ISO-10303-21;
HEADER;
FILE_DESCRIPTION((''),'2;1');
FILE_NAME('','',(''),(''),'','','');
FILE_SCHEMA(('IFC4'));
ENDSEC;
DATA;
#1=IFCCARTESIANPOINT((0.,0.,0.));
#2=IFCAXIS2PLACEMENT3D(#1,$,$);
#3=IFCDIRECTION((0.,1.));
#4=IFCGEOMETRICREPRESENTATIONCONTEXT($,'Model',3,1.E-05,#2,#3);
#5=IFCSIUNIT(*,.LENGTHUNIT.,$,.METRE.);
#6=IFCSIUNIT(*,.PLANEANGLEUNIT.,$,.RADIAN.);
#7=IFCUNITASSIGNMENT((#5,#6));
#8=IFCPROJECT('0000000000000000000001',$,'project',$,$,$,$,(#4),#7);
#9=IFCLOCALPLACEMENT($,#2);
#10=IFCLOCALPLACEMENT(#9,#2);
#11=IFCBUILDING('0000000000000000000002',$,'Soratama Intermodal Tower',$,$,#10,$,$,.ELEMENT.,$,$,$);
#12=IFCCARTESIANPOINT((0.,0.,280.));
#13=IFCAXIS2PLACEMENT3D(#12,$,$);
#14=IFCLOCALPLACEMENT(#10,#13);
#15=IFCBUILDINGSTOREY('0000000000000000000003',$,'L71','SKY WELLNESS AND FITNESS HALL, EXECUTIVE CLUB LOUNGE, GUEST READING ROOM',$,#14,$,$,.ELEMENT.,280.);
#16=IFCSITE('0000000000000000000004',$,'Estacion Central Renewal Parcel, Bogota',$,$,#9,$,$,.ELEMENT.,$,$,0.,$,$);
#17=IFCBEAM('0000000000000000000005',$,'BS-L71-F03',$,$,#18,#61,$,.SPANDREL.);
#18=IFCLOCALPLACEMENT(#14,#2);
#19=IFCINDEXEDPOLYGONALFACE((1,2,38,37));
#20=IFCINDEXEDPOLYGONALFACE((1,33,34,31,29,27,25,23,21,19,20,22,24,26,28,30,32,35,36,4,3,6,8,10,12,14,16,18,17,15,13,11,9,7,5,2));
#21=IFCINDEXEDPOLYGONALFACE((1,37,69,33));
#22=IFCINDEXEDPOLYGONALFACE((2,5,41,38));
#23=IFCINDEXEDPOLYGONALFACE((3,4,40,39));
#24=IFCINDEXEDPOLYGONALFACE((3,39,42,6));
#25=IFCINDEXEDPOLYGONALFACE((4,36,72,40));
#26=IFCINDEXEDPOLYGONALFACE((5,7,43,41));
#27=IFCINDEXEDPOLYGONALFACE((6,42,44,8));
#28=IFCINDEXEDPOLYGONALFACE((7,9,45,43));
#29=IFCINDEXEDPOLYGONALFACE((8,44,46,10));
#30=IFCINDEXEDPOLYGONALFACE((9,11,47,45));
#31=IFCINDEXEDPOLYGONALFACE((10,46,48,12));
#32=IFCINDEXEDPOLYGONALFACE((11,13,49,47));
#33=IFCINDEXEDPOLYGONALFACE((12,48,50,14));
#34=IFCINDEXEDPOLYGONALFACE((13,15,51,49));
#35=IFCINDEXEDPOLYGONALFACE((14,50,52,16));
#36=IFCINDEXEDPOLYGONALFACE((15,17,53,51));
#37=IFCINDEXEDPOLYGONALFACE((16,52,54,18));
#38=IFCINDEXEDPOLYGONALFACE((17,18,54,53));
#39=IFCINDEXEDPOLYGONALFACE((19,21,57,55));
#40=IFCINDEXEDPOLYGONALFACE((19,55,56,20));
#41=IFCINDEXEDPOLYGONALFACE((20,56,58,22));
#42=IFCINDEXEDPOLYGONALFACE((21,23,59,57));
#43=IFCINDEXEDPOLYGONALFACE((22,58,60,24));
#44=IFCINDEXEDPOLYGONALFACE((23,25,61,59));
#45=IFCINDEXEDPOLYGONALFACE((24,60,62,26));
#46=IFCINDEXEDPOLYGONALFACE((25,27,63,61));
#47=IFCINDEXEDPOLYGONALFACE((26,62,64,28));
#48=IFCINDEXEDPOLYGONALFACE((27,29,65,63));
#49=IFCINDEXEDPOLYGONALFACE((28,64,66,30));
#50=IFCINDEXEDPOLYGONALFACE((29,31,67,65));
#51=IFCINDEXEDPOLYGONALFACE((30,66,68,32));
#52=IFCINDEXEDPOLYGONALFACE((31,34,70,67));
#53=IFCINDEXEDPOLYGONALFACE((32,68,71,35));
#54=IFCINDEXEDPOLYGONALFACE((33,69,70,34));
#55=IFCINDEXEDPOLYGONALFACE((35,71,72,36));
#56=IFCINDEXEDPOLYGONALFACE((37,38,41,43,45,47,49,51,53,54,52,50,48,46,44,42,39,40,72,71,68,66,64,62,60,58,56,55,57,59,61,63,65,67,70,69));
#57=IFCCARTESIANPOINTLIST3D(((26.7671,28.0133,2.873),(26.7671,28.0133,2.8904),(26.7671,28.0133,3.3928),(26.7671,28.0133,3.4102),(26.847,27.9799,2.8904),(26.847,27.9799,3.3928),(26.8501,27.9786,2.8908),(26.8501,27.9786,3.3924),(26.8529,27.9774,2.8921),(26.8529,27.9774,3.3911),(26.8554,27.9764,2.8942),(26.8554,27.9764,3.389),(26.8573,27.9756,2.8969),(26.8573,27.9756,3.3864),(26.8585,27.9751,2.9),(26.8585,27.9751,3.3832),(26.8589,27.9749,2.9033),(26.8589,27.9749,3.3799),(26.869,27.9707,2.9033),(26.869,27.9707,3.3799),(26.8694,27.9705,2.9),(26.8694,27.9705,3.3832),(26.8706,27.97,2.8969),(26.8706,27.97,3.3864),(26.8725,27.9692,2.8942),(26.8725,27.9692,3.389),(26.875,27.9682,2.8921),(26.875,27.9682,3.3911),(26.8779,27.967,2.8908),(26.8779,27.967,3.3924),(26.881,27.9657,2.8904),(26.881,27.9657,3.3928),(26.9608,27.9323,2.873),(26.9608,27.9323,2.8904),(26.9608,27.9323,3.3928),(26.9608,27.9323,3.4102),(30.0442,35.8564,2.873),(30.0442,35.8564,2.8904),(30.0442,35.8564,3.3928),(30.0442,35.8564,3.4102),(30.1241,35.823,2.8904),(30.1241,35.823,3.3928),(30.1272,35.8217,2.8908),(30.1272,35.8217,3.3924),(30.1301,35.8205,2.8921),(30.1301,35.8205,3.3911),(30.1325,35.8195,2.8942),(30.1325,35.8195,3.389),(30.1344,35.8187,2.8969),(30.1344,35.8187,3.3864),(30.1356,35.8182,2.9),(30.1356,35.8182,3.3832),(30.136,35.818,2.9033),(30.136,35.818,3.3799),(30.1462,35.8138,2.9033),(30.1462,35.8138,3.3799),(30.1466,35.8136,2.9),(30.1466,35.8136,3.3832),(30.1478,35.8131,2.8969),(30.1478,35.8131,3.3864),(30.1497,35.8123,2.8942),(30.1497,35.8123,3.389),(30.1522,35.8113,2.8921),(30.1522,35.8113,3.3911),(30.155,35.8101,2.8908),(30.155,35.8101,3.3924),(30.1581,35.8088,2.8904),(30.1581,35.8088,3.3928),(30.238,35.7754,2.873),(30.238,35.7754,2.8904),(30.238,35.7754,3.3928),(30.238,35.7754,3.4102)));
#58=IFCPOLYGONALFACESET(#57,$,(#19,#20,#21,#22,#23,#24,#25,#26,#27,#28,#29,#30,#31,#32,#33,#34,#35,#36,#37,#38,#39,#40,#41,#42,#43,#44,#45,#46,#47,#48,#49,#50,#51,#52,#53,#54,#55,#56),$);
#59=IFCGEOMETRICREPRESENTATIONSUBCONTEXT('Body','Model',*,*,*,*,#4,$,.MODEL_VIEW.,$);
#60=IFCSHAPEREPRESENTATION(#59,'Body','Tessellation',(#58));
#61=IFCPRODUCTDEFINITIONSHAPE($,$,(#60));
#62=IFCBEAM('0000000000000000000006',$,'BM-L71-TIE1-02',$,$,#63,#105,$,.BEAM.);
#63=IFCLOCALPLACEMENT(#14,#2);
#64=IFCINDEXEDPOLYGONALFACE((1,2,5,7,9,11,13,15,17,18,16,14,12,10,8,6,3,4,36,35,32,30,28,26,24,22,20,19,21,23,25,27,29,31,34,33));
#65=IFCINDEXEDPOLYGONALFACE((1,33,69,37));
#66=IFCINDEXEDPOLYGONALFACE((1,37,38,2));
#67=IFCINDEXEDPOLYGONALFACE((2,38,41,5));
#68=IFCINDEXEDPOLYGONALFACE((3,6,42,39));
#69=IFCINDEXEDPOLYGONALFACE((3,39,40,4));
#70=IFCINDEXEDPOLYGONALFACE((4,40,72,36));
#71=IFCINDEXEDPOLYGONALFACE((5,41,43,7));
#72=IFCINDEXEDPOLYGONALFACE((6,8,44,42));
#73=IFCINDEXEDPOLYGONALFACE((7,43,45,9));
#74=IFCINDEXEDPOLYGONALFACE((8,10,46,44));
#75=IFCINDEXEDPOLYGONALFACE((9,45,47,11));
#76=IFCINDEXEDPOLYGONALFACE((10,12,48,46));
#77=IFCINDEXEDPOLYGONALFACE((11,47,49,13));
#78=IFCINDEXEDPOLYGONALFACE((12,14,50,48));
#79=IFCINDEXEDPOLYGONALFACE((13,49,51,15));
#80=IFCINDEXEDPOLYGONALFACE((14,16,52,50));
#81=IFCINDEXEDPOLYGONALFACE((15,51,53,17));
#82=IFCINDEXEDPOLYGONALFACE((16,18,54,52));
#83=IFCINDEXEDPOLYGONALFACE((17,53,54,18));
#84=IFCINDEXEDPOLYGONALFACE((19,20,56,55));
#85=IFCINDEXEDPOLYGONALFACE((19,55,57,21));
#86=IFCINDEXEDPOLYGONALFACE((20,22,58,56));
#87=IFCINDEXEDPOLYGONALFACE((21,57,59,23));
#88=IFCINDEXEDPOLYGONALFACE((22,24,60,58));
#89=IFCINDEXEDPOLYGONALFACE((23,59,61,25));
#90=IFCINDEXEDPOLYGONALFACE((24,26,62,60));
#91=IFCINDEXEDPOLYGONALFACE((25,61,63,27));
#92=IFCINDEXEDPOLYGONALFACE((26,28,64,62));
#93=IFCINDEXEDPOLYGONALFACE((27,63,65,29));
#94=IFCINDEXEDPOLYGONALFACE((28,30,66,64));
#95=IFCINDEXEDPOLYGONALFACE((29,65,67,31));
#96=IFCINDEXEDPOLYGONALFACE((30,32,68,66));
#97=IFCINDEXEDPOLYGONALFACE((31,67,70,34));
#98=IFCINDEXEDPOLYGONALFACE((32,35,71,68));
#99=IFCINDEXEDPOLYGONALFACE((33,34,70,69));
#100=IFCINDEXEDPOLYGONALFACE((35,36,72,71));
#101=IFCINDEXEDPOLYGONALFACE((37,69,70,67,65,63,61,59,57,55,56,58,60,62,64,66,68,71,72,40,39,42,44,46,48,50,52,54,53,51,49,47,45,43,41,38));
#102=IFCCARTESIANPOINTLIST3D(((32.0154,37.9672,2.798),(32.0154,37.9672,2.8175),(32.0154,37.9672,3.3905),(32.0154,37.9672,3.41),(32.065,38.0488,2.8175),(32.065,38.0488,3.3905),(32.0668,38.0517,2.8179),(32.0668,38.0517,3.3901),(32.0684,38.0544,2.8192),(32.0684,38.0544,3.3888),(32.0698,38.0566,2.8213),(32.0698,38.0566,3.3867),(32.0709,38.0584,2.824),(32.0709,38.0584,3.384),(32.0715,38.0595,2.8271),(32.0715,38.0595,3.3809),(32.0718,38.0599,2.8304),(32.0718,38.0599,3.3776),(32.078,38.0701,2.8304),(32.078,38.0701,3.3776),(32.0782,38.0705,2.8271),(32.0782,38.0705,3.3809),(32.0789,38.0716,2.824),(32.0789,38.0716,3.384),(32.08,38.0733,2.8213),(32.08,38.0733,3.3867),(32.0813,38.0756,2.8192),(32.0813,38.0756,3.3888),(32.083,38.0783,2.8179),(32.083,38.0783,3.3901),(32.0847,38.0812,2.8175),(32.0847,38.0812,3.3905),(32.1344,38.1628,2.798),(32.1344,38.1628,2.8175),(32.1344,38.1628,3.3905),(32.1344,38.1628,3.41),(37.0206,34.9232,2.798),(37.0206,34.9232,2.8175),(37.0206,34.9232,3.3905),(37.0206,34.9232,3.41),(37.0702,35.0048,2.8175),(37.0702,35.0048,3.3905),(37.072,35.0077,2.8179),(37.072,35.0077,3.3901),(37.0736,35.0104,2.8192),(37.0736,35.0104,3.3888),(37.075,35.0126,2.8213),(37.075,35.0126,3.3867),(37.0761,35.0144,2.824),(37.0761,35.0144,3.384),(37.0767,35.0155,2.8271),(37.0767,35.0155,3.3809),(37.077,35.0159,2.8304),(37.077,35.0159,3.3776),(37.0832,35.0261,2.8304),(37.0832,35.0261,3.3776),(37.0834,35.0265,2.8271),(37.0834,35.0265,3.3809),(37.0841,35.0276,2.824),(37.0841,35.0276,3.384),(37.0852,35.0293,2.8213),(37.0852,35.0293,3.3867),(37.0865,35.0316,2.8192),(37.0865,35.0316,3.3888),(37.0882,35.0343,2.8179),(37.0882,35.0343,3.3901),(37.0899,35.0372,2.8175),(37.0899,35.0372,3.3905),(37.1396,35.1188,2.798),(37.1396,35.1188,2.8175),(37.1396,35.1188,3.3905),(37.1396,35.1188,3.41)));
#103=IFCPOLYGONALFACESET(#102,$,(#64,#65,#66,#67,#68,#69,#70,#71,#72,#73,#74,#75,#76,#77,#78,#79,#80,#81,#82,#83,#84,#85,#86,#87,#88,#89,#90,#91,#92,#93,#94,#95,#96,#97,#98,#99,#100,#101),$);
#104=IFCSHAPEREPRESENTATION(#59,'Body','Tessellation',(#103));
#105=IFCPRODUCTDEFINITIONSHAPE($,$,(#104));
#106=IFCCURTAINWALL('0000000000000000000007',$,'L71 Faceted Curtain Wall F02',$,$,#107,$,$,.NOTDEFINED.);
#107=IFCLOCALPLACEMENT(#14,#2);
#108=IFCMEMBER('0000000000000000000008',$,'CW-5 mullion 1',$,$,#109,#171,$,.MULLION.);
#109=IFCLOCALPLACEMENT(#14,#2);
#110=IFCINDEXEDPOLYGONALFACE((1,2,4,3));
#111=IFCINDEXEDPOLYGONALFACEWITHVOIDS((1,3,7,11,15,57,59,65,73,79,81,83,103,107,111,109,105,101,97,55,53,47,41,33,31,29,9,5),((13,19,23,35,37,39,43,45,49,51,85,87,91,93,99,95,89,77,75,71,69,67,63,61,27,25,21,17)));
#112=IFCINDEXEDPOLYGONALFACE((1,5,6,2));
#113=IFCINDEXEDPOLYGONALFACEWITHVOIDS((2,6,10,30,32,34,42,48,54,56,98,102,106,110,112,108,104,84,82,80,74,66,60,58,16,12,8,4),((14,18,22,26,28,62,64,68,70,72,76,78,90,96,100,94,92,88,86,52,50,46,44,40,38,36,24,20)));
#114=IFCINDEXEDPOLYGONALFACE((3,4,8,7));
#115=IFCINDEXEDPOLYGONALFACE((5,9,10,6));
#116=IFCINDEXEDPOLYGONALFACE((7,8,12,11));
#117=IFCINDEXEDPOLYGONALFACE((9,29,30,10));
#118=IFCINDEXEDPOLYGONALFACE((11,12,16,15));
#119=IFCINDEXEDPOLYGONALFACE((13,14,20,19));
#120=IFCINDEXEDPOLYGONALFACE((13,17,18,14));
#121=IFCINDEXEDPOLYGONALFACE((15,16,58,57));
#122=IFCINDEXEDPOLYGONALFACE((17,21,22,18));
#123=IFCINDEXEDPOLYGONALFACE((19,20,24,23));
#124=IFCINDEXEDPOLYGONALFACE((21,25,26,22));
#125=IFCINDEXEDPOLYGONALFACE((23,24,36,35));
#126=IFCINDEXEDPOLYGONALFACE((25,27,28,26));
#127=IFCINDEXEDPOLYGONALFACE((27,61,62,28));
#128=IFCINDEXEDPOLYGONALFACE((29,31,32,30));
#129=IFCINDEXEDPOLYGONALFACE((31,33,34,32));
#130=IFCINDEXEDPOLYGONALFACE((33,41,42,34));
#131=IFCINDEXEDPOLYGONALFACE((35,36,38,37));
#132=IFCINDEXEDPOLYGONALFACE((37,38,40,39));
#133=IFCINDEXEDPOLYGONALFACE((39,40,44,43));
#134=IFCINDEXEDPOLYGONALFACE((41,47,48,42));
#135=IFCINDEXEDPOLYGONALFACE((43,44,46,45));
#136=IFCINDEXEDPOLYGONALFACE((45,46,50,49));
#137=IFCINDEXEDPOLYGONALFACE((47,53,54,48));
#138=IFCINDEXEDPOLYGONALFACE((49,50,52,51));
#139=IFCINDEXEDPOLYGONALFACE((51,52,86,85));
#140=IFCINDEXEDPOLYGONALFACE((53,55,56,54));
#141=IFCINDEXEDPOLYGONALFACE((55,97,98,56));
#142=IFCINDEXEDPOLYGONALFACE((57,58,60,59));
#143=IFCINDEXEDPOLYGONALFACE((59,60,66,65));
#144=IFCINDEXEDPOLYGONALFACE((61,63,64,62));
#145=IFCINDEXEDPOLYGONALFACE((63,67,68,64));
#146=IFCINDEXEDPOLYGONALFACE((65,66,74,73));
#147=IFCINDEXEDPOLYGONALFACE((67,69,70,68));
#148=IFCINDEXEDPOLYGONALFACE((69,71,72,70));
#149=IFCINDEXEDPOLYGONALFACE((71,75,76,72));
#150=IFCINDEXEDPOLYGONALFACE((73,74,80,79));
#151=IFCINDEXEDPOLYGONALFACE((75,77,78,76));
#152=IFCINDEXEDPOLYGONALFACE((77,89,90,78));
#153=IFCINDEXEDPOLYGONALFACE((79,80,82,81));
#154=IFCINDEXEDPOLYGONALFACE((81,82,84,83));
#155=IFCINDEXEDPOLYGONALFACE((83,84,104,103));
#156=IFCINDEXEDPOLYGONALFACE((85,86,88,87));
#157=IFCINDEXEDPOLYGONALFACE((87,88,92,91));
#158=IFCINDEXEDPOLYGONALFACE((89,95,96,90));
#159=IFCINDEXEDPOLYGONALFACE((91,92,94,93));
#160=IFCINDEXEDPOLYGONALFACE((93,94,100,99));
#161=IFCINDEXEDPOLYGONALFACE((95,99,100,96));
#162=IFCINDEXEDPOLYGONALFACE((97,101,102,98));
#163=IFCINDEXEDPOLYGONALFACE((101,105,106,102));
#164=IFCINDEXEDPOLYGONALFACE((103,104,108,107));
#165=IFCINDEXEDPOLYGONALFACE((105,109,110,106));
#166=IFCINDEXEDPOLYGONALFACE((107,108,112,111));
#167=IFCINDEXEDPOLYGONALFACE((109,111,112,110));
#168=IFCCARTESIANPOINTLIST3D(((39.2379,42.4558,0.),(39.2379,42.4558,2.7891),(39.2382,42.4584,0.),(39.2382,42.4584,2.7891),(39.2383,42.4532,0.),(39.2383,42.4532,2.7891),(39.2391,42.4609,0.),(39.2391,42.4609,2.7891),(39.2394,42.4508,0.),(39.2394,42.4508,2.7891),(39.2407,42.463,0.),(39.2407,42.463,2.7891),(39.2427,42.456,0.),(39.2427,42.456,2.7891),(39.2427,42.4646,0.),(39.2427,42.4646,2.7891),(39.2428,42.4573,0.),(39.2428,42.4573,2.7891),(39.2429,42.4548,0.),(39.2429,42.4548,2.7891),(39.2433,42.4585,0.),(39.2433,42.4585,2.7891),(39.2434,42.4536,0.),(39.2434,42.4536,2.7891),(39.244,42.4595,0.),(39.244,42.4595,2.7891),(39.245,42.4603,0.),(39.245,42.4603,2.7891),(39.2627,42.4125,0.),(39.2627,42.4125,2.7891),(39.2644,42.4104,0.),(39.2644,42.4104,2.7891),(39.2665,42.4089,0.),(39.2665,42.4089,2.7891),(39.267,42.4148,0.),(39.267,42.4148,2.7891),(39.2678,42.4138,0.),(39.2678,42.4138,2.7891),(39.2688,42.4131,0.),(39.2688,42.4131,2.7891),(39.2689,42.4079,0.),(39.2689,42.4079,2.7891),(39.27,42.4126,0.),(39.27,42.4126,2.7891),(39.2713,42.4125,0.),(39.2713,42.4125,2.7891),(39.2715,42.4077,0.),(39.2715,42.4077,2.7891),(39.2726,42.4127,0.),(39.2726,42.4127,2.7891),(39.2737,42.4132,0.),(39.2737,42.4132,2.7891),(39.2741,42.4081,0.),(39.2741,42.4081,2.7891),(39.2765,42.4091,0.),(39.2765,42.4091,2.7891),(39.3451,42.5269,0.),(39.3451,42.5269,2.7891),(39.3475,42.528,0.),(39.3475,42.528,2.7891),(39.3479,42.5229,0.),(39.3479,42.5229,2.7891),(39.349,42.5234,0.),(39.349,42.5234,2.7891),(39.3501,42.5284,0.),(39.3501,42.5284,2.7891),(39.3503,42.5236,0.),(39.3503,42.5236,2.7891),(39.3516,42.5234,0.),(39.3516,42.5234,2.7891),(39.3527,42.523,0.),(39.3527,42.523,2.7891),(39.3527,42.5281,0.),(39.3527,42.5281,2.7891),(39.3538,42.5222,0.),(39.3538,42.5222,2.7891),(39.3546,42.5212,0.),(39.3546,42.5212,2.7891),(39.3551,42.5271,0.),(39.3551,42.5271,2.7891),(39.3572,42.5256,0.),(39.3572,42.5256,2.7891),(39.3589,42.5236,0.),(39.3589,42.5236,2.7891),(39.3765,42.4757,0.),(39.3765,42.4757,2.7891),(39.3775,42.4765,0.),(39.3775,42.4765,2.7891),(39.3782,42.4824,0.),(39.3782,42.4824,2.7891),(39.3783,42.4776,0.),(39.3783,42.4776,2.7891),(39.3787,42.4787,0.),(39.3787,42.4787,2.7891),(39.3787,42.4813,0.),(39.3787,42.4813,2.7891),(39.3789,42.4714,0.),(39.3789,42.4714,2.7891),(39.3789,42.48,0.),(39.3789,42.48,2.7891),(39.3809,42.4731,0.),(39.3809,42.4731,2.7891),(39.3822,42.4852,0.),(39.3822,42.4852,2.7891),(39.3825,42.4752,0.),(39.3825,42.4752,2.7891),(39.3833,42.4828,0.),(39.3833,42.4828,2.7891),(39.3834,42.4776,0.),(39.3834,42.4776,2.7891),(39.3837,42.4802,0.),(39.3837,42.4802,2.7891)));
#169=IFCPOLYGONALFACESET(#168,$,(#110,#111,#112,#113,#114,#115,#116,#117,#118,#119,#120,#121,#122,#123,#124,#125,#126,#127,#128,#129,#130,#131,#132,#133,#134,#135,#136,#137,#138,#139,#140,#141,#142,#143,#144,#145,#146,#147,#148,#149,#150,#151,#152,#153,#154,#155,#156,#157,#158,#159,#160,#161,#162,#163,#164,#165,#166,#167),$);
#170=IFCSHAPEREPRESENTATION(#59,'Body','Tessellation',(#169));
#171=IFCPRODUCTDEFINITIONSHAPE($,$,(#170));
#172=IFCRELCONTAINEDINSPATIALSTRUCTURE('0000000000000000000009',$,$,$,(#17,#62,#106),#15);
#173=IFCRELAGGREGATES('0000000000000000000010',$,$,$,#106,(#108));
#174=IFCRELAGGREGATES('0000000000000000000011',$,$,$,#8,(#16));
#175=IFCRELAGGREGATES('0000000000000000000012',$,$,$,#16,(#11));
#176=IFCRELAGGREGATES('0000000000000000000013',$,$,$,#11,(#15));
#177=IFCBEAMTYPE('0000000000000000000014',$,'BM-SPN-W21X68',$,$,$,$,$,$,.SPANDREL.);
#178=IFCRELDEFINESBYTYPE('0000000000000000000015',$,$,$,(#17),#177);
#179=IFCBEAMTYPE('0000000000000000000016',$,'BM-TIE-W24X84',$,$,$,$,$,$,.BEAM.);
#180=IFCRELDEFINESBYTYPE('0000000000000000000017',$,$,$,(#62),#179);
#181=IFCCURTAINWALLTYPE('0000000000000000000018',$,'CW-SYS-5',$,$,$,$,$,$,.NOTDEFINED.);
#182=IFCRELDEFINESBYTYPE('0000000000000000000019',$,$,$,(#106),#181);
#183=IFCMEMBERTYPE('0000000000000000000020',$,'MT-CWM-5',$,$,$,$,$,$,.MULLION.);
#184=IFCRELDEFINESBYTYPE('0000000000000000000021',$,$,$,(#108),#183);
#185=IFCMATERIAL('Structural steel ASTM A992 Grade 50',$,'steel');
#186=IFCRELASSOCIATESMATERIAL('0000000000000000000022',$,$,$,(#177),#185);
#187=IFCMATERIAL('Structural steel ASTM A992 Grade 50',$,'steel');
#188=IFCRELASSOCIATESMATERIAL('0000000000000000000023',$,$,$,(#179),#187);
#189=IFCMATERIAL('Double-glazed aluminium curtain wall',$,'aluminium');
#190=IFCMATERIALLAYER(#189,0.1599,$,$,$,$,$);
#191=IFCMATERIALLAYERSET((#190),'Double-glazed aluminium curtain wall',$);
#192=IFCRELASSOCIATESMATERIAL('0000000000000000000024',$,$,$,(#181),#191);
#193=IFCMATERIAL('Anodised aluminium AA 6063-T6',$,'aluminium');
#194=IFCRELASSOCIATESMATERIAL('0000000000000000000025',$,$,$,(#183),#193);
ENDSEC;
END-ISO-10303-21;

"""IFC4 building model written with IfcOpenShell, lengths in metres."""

from ifc_helpers import new_model, si_unit, direction, frame, origin, origin_2d, place, context, subcontext, project, spatial, hollow_rectangle, i_section, extrude, material, layer, layer_set, material_profile, profile_set, type_object, element, aggregate, save


model = new_model("IFC4")

# Units and contexts
model_context = context("Model", 3, precision=1e-05, world=origin(), true_north=direction((0.0, 1.0)))
body_context = subcontext(model_context, "Body", "Model", "MODEL_VIEW")
ifc_project = project(units=[si_unit("LENGTHUNIT", "METRE"), si_unit("PLANEANGLEUNIT", "RADIAN")], contexts=[model_context])

# Site, building, storey
site_placement = place(None, origin())
site = spatial("IfcSite", under=ifc_project, at=site_placement, Name="Estacion Central Renewal Parcel, Bogota", CompositionType="ELEMENT", RefElevation=0.0)
building_placement = place(site_placement, origin())
building = spatial("IfcBuilding", under=site, at=building_placement, Name="Soratama Intermodal Tower", CompositionType="ELEMENT")
storey_placement = place(building_placement, frame((0.0, 0.0, 280.0)))
storey = spatial("IfcBuildingStorey", under=building, at=storey_placement, Name="L71", Description="SKY WELLNESS AND FITNESS HALL, EXECUTIVE CLUB LOUNGE, GUEST READING ROOM", CompositionType="ELEMENT", Elevation=280.0)

# Beams
ifc_material_1 = material(Name="Structural steel ASTM A992 Grade 50", Category="steel")
ifc_material_profile_1 = material_profile(ifc_material_1, i_section(OverallWidth=0.21, OverallDepth=0.5371, WebThickness=0.011, FlangeThickness=0.0173, FilletRadius=0.0129, at=origin_2d()), Name="W21X68")
ifc_profile_set_1 = profile_set([ifc_material_profile_1], Name="Structural steel ASTM A992 Grade 50")
beam_type_1 = type_object("IfcBeamType", Name="BM-SPN-W21X68", PredefinedType="SPANDREL", material=ifc_profile_set_1)
beam_1_placement = place(storey_placement, frame((30.1411, 35.8159, 3.1416), z_axis=(-0.385535, -0.922693, 0.0), x_axis=(0.922693, -0.385535, 0.0)))
element("IfcBeam", 1, at=beam_1_placement, inside=storey, type_object=beam_type_1, Name="BS-L71-F03", PredefinedType="SPANDREL", context=body_context, shape_type="SweptSolid", body=[
    extrude(i_section(OverallWidth=0.21, OverallDepth=0.5371, WebThickness=0.011, FlangeThickness=0.0173, FilletRadius=0.0129, at=origin_2d()), origin(), (0.0, 0.0, 1.0), 8.5002),
])
ifc_material_2 = material(Name="Structural steel ASTM A992 Grade 50", Category="steel")
ifc_material_profile_2 = material_profile(ifc_material_2, i_section(OverallWidth=0.229, OverallDepth=0.6121, WebThickness=0.012, FlangeThickness=0.0195, FilletRadius=0.0129, at=origin_2d()), Name="W24X84")
ifc_profile_set_2 = profile_set([ifc_material_profile_2], Name="Structural steel ASTM A992 Grade 50")
beam_type_2 = type_object("IfcBeamType", Name="BM-TIE-W24X84", PredefinedType="BEAM", material=ifc_profile_set_2)
beam_2_placement = place(storey_placement, frame((37.0801, 35.021, 3.104), z_axis=(-0.8544, 0.519616, 0.0), x_axis=(-0.519616, -0.8544, 0.0)))
element("IfcBeam", 2, at=beam_2_placement, inside=storey, type_object=beam_type_2, Name="BM-L71-TIE1-02", PredefinedType="BEAM", context=body_context, shape_type="SweptSolid", body=[
    extrude(i_section(OverallWidth=0.229, OverallDepth=0.6121, WebThickness=0.012, FlangeThickness=0.0195, FilletRadius=0.0129, at=origin_2d()), origin(), (0.0, 0.0, 1.0), 5.8582),
])

# Curtain wall, member
ifc_material_3 = material(Name="Double-glazed aluminium curtain wall", Category="aluminium")
ifc_layer_1 = layer(ifc_material_3, 0.1599)
ifc_layer_set_1 = layer_set([ifc_layer_1], Name="Double-glazed aluminium curtain wall")
curtain_wall_type = type_object("IfcCurtainWallType", Name="CW-SYS-5", PredefinedType="NOTDEFINED", material=ifc_layer_set_1)
curtain_wall_1_placement = place(storey_placement, origin())
curtain_wall_1 = element("IfcCurtainWall", 3, at=curtain_wall_1_placement, inside=storey, type_object=curtain_wall_type, Name="L71 Faceted Curtain Wall F02", PredefinedType="NOTDEFINED")
ifc_material_4 = material(Name="Anodised aluminium AA 6063-T6", Category="aluminium")
ifc_material_profile_3 = material_profile(ifc_material_4, hollow_rectangle(XDim=0.0649, YDim=0.1399, WallThickness=0.0049, InnerFilletRadius=0.0049, OuterFilletRadius=0.01, at=origin_2d()), Name="CWM140X65X5")
ifc_profile_set_3 = profile_set([ifc_material_profile_3], Name="Anodised aluminium AA 6063-T6")
member_type_1 = type_object("IfcMemberType", Name="MT-CWM-5", PredefinedType="MULLION", material=ifc_profile_set_3)
member_1_placement = place(storey_placement, frame((39.3108, 42.468, 0.0), z_axis=(0.0, 0.0, 1.0), x_axis=(0.519813, -0.85428, 0.0)))
member_1 = element("IfcMember", 4, at=member_1_placement, type_object=member_type_1, Name="CW-5 mullion 1", PredefinedType="MULLION", context=body_context, shape_type="SweptSolid", body=[
    extrude(hollow_rectangle(XDim=0.0649, YDim=0.1399, WallThickness=0.0049, InnerFilletRadius=0.0049, OuterFilletRadius=0.01, at=origin_2d()), origin(), (0.0, 0.0, 1.0), 2.7891),
])

aggregate(curtain_wall_1, [member_1])

save(model, "model.ifc")
